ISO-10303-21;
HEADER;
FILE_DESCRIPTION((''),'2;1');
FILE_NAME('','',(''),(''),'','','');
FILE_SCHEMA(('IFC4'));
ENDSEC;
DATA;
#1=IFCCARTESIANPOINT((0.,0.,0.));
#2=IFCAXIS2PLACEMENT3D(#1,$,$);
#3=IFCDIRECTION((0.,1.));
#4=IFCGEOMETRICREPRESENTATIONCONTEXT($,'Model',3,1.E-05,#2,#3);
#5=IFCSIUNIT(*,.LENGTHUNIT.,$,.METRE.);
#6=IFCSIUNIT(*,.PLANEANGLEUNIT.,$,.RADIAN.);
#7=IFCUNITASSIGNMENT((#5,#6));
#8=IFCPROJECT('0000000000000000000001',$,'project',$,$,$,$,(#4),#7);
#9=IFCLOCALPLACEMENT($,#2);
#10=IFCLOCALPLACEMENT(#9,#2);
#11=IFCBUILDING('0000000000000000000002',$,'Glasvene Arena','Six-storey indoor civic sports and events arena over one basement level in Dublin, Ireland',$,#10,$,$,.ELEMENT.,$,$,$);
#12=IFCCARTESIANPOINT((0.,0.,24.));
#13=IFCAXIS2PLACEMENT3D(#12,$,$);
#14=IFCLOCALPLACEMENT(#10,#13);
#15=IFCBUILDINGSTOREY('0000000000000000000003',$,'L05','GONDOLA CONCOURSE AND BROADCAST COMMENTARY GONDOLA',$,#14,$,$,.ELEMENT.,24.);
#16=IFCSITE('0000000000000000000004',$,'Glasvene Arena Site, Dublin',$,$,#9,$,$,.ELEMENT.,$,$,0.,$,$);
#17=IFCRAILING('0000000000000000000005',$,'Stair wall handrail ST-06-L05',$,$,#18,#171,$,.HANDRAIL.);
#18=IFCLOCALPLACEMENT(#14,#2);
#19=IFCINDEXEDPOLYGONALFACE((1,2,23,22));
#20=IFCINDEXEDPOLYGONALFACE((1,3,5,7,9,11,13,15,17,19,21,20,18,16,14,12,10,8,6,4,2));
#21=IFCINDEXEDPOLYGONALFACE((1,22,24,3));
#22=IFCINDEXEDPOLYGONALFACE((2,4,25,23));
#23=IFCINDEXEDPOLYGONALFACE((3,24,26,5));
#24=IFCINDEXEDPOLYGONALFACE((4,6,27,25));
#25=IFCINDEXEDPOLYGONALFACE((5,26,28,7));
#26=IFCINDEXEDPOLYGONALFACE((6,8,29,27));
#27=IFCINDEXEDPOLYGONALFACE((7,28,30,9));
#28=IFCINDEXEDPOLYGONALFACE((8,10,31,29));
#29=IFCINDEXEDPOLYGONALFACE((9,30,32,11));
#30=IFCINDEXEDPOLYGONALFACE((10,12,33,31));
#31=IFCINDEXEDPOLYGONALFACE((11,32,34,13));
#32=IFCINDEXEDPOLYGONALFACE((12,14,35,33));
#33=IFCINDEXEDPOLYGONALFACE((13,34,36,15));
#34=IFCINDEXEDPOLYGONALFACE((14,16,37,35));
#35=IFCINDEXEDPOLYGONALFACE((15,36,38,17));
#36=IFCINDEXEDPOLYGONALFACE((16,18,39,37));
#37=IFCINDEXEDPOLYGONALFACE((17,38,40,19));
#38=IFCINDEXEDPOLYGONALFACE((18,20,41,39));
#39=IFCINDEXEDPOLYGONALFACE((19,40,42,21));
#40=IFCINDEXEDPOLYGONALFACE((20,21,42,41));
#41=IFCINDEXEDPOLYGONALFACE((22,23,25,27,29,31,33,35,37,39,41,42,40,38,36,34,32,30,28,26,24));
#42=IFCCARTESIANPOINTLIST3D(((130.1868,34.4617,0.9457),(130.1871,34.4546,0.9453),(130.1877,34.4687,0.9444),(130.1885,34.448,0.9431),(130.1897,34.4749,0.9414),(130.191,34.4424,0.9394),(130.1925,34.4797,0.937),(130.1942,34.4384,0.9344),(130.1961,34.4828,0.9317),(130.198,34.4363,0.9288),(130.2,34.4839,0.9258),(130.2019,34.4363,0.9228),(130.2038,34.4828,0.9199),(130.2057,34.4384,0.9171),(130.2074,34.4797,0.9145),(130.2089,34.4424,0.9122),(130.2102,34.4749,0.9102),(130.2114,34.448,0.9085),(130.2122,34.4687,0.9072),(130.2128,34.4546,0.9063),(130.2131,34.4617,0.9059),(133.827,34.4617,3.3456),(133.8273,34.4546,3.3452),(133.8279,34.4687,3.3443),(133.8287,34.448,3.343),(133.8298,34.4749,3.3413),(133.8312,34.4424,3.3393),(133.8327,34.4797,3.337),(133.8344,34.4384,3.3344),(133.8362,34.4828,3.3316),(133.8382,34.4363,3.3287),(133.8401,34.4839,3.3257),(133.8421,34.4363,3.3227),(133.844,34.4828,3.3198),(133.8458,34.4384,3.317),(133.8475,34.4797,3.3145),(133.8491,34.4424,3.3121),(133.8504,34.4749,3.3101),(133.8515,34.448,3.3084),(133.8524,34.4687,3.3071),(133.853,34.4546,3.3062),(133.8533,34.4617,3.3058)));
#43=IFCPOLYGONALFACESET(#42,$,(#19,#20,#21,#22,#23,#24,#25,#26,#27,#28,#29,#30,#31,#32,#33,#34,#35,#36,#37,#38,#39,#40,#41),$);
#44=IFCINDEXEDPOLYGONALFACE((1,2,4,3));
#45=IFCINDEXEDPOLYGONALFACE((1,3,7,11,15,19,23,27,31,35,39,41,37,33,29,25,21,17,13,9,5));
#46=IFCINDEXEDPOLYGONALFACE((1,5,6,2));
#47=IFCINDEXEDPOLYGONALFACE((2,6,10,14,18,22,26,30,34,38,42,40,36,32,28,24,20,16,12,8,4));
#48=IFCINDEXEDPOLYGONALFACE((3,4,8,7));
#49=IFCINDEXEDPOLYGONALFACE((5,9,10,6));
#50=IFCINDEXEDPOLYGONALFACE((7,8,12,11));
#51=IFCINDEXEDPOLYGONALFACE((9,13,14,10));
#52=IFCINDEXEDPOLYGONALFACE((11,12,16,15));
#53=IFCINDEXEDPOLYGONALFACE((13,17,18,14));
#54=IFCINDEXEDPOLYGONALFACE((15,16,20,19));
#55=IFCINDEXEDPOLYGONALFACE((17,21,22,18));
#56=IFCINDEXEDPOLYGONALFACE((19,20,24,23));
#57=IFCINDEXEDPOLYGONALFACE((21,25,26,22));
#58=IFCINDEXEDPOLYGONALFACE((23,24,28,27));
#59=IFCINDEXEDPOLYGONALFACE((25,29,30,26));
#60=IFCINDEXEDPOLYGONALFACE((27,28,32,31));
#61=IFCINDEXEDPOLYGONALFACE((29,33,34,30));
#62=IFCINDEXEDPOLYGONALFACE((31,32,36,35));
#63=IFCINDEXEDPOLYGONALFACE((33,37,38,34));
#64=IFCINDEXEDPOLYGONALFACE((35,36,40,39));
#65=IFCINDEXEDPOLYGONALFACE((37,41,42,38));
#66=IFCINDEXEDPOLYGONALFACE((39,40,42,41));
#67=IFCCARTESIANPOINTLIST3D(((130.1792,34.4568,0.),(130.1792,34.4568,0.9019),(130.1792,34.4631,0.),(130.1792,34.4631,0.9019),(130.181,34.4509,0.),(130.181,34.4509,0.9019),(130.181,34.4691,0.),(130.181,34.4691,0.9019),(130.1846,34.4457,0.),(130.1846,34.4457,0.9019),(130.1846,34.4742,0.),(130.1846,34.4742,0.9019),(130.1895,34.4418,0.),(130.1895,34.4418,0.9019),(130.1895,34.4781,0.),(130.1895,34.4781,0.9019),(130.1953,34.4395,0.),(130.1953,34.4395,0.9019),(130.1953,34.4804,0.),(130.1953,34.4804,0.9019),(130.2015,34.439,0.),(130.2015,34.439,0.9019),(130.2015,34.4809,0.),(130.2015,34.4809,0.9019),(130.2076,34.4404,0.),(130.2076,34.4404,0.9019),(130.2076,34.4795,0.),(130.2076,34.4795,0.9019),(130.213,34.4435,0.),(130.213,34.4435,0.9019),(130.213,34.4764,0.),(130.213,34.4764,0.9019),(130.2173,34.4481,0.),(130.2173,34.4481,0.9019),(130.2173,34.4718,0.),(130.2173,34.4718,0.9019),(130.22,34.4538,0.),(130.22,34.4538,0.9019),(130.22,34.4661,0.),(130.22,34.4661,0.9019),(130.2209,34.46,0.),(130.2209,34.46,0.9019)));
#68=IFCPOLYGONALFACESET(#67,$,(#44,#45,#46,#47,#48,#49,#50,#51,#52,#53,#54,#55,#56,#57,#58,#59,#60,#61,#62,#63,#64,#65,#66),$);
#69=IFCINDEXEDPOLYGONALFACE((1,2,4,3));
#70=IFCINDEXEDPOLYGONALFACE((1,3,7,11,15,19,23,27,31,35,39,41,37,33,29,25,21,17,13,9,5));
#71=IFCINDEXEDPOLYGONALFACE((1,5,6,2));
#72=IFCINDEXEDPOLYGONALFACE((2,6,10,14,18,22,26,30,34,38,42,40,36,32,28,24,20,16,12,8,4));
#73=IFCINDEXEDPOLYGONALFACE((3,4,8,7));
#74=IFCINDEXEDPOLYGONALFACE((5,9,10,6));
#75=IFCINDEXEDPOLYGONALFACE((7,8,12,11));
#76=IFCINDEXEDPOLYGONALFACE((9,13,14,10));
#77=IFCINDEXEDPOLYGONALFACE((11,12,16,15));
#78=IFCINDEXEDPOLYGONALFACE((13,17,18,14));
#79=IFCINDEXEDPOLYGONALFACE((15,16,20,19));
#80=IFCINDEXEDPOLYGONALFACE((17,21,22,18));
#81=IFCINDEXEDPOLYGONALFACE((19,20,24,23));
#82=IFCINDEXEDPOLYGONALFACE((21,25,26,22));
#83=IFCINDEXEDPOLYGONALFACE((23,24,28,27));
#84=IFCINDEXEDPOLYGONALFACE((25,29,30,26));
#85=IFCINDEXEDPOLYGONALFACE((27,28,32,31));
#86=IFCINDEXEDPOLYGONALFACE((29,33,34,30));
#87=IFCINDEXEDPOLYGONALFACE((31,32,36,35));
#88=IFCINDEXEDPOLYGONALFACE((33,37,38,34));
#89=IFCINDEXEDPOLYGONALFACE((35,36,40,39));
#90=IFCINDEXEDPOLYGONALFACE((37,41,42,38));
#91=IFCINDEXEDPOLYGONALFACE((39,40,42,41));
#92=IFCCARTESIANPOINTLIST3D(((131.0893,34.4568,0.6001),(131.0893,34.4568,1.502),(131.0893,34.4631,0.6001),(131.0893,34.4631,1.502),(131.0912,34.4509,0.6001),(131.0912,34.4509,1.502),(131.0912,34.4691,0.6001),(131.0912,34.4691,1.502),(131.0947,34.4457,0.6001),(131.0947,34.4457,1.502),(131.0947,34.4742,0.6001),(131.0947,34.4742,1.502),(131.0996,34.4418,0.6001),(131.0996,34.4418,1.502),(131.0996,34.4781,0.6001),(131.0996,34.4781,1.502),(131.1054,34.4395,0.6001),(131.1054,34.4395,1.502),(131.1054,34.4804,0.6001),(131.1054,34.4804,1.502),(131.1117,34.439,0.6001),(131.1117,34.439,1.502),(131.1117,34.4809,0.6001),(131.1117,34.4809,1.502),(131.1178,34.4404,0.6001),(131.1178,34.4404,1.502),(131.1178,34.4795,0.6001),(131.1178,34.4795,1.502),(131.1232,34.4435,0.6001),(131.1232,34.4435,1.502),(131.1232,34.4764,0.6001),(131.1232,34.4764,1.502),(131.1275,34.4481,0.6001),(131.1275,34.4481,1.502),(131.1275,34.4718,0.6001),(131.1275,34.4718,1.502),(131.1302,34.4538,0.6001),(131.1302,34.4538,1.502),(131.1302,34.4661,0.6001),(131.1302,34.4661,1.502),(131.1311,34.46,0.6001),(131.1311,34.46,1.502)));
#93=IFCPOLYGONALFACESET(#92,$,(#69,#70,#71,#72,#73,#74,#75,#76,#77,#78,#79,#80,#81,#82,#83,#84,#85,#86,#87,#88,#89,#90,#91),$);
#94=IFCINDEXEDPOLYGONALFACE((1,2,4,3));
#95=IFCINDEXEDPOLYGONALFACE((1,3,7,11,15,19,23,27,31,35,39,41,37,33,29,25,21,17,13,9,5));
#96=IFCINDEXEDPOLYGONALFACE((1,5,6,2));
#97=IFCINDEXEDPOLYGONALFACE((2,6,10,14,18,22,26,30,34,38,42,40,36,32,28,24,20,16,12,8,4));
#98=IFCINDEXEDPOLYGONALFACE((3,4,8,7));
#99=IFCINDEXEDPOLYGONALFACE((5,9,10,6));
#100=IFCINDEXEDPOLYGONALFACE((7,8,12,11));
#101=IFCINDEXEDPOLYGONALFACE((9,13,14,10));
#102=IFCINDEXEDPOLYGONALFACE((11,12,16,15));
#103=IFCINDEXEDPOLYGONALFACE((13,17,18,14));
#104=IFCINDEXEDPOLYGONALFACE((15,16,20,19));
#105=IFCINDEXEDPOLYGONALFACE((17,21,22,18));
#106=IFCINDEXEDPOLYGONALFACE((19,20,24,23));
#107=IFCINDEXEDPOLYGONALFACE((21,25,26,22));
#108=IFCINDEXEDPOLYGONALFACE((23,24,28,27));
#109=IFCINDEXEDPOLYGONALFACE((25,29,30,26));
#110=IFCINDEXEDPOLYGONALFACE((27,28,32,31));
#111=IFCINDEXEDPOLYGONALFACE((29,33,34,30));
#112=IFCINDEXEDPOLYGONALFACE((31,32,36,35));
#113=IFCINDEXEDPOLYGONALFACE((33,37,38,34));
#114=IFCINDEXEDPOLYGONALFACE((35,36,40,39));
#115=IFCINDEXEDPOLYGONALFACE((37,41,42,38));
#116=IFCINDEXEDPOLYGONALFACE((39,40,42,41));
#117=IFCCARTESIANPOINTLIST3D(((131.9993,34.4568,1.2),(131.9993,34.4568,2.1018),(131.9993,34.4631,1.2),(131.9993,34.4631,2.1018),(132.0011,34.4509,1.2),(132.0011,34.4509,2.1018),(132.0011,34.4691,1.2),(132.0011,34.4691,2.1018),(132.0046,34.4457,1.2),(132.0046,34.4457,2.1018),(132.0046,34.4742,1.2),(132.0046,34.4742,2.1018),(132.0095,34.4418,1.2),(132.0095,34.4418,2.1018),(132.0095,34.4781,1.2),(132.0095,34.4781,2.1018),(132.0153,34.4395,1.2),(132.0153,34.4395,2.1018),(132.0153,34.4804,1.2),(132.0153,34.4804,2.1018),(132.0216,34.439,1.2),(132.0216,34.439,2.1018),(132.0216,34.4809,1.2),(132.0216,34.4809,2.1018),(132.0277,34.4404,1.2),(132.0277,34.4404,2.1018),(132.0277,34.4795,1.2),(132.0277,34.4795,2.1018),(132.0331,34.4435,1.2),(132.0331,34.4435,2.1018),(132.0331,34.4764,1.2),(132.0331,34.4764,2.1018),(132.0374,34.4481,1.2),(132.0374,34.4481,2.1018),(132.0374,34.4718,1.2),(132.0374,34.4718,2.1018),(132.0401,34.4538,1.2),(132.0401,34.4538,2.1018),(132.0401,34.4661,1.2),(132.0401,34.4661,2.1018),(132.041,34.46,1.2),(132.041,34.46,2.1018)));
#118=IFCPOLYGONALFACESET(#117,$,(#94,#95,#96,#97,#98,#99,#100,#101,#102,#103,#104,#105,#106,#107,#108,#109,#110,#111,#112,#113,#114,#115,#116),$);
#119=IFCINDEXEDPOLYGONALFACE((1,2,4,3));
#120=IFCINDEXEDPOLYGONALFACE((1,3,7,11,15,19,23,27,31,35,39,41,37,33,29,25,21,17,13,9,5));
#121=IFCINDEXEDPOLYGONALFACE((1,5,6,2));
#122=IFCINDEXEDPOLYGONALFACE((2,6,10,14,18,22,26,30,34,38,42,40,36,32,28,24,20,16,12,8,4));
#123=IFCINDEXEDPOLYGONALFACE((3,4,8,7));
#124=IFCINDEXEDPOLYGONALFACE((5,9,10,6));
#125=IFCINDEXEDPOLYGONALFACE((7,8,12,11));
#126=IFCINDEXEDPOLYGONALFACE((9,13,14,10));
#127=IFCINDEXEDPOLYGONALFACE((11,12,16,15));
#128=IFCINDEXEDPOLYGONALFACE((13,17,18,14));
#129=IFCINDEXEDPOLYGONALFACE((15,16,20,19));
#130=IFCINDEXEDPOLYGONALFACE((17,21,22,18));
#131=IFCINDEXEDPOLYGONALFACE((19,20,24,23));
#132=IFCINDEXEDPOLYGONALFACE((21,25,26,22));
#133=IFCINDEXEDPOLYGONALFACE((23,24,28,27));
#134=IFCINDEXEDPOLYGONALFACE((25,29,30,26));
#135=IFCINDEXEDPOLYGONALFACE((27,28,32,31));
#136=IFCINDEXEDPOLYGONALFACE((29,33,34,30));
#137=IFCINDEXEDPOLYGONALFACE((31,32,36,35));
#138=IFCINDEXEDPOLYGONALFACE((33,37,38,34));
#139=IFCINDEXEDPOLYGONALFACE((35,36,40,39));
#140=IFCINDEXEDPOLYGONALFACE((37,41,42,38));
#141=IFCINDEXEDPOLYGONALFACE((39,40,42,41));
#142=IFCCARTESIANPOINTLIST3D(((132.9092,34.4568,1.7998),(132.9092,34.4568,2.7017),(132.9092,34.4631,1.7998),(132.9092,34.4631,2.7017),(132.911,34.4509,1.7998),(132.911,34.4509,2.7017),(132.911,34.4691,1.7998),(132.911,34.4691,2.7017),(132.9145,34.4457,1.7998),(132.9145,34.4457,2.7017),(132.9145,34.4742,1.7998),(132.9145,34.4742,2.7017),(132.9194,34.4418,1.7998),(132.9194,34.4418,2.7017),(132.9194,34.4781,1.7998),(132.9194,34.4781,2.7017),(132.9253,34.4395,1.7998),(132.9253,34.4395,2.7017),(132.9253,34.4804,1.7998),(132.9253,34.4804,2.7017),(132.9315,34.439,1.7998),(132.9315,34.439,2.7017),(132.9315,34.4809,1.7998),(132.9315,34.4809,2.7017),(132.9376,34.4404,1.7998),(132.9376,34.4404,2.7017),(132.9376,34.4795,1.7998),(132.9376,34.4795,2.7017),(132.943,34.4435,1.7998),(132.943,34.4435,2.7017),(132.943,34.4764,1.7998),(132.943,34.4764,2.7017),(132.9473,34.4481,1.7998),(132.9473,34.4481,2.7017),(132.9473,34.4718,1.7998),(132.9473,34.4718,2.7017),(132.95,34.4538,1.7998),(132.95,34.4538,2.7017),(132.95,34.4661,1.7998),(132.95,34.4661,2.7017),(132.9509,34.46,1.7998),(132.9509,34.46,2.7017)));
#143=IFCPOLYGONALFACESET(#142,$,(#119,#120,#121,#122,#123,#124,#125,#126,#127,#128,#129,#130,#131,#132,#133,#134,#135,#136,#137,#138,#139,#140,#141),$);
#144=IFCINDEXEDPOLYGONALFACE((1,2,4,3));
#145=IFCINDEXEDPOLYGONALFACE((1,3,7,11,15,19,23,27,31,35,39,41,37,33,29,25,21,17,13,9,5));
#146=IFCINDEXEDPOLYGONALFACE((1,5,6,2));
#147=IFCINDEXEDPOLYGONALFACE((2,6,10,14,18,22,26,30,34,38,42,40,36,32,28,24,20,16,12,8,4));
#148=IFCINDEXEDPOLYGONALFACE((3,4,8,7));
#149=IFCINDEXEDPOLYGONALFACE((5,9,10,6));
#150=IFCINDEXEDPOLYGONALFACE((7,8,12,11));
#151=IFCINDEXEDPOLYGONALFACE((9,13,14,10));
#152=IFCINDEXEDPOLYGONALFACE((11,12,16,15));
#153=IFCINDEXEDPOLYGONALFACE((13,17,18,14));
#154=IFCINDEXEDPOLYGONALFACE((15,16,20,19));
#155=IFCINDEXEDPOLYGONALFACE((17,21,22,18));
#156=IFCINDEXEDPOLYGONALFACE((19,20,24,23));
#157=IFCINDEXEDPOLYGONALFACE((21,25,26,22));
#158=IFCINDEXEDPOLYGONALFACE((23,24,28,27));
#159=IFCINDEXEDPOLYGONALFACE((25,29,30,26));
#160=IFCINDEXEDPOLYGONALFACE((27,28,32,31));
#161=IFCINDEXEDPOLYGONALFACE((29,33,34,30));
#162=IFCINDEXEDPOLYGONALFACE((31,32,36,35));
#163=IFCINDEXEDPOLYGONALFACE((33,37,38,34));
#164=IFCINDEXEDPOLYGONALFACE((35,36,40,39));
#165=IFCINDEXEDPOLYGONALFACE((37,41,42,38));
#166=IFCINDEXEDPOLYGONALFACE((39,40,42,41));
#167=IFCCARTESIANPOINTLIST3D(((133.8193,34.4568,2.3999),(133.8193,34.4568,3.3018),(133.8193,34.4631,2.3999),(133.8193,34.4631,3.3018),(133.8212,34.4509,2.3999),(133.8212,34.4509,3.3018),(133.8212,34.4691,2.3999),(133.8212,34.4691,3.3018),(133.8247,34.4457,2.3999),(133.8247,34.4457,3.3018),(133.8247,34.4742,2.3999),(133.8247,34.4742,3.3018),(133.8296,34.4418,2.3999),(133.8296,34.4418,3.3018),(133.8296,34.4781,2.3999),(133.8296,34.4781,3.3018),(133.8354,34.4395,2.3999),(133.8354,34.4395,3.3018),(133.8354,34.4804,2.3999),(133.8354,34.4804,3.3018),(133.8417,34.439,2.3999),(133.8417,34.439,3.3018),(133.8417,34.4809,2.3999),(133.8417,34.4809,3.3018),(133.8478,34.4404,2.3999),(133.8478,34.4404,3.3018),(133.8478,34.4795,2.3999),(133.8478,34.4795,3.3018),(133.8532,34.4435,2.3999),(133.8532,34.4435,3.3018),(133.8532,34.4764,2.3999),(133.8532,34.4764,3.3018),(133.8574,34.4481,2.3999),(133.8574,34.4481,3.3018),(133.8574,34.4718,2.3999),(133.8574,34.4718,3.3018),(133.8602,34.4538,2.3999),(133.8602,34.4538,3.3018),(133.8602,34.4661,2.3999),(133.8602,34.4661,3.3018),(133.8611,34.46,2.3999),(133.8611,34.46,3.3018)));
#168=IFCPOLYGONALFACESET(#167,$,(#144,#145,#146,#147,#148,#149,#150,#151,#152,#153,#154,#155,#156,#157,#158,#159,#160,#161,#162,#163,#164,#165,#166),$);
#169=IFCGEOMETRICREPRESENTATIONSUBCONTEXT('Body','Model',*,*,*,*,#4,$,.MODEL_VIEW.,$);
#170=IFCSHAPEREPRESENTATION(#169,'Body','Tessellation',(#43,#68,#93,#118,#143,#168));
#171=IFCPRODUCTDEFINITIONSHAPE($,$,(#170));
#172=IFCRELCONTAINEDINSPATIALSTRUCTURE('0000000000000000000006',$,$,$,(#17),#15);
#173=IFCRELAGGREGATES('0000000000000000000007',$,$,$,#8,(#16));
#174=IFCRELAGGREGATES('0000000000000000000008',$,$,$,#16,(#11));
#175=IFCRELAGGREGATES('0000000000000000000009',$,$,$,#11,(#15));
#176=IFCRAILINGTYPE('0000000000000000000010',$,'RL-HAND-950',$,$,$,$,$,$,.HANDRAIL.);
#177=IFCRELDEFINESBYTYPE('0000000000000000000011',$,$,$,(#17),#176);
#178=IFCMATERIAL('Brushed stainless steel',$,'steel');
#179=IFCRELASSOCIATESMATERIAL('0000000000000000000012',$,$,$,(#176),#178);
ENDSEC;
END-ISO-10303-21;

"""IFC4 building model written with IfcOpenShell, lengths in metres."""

from ifc_helpers import new_model, si_unit, direction, frame, origin, origin_2d, place, context, subcontext, project, spatial, circle, extrude, material, type_object, element, save


model = new_model("IFC4")

# Units and contexts
model_context = context("Model", 3, precision=1e-05, world=origin(), true_north=direction((0.0, 1.0)))
body_context = subcontext(model_context, "Body", "Model", "MODEL_VIEW")
ifc_project = project(units=[si_unit("LENGTHUNIT", "METRE"), si_unit("PLANEANGLEUNIT", "RADIAN")], contexts=[model_context])

# Site, building, storey
site_placement = place(None, origin())
site = spatial("IfcSite", under=ifc_project, at=site_placement, Name="Glasvene Arena Site, Dublin", CompositionType="ELEMENT", RefElevation=0.0)
building_placement = place(site_placement, origin())
building = spatial("IfcBuilding", under=site, at=building_placement, Name="Glasvene Arena", Description="Six-storey indoor civic sports and events arena over one basement level in Dublin, Ireland", CompositionType="ELEMENT")
storey_placement = place(building_placement, frame((0.0, 0.0, 24.0)))
storey = spatial("IfcBuildingStorey", under=building, at=storey_placement, Name="L05", Description="GONDOLA CONCOURSE AND BROADCAST COMMENTARY GONDOLA", CompositionType="ELEMENT", Elevation=24.0)

# Railing
ifc_material_1 = material(Name="Brushed stainless steel", Category="steel")
railing_type = type_object("IfcRailingType", Name="RL-HAND-950", PredefinedType="HANDRAIL", material=ifc_material_1)
railing_placement = place(storey_placement, frame((130.2, 34.46, 0.0)))
element("IfcRailing", 1, at=railing_placement, inside=storey, type_object=railing_type, Name="Stair wall handrail ST-06-L05", PredefinedType="HANDRAIL", context=body_context, shape_type="SweptSolid", body=[
    extrude(circle(Radius=0.0239, at=origin_2d()), frame((0.0, 0.0, 0.9258), z_axis=(0.834882, 0.0, 0.550429), x_axis=(0.0, 1.0, 0.0)), (0.0, 0.0, 1.0), 4.3601),
    extrude(circle(Radius=0.021, at=origin_2d()), origin(), (0.0, 0.0, 1.0), 0.9019),
    extrude(circle(Radius=0.021, at=origin_2d()), frame((0.9102, 0.0, 0.6001)), (0.0, 0.0, 1.0), 0.9019),
    extrude(circle(Radius=0.021, at=origin_2d()), frame((1.8201, 0.0, 1.2)), (0.0, 0.0, 1.0), 0.9019),
    extrude(circle(Radius=0.021, at=origin_2d()), frame((2.73, 0.0, 1.7998)), (0.0, 0.0, 1.0), 0.9019),
    extrude(circle(Radius=0.021, at=origin_2d()), frame((3.6401, 0.0, 2.3999)), (0.0, 0.0, 1.0), 0.9019),
])

save(model, "model.ifc")
